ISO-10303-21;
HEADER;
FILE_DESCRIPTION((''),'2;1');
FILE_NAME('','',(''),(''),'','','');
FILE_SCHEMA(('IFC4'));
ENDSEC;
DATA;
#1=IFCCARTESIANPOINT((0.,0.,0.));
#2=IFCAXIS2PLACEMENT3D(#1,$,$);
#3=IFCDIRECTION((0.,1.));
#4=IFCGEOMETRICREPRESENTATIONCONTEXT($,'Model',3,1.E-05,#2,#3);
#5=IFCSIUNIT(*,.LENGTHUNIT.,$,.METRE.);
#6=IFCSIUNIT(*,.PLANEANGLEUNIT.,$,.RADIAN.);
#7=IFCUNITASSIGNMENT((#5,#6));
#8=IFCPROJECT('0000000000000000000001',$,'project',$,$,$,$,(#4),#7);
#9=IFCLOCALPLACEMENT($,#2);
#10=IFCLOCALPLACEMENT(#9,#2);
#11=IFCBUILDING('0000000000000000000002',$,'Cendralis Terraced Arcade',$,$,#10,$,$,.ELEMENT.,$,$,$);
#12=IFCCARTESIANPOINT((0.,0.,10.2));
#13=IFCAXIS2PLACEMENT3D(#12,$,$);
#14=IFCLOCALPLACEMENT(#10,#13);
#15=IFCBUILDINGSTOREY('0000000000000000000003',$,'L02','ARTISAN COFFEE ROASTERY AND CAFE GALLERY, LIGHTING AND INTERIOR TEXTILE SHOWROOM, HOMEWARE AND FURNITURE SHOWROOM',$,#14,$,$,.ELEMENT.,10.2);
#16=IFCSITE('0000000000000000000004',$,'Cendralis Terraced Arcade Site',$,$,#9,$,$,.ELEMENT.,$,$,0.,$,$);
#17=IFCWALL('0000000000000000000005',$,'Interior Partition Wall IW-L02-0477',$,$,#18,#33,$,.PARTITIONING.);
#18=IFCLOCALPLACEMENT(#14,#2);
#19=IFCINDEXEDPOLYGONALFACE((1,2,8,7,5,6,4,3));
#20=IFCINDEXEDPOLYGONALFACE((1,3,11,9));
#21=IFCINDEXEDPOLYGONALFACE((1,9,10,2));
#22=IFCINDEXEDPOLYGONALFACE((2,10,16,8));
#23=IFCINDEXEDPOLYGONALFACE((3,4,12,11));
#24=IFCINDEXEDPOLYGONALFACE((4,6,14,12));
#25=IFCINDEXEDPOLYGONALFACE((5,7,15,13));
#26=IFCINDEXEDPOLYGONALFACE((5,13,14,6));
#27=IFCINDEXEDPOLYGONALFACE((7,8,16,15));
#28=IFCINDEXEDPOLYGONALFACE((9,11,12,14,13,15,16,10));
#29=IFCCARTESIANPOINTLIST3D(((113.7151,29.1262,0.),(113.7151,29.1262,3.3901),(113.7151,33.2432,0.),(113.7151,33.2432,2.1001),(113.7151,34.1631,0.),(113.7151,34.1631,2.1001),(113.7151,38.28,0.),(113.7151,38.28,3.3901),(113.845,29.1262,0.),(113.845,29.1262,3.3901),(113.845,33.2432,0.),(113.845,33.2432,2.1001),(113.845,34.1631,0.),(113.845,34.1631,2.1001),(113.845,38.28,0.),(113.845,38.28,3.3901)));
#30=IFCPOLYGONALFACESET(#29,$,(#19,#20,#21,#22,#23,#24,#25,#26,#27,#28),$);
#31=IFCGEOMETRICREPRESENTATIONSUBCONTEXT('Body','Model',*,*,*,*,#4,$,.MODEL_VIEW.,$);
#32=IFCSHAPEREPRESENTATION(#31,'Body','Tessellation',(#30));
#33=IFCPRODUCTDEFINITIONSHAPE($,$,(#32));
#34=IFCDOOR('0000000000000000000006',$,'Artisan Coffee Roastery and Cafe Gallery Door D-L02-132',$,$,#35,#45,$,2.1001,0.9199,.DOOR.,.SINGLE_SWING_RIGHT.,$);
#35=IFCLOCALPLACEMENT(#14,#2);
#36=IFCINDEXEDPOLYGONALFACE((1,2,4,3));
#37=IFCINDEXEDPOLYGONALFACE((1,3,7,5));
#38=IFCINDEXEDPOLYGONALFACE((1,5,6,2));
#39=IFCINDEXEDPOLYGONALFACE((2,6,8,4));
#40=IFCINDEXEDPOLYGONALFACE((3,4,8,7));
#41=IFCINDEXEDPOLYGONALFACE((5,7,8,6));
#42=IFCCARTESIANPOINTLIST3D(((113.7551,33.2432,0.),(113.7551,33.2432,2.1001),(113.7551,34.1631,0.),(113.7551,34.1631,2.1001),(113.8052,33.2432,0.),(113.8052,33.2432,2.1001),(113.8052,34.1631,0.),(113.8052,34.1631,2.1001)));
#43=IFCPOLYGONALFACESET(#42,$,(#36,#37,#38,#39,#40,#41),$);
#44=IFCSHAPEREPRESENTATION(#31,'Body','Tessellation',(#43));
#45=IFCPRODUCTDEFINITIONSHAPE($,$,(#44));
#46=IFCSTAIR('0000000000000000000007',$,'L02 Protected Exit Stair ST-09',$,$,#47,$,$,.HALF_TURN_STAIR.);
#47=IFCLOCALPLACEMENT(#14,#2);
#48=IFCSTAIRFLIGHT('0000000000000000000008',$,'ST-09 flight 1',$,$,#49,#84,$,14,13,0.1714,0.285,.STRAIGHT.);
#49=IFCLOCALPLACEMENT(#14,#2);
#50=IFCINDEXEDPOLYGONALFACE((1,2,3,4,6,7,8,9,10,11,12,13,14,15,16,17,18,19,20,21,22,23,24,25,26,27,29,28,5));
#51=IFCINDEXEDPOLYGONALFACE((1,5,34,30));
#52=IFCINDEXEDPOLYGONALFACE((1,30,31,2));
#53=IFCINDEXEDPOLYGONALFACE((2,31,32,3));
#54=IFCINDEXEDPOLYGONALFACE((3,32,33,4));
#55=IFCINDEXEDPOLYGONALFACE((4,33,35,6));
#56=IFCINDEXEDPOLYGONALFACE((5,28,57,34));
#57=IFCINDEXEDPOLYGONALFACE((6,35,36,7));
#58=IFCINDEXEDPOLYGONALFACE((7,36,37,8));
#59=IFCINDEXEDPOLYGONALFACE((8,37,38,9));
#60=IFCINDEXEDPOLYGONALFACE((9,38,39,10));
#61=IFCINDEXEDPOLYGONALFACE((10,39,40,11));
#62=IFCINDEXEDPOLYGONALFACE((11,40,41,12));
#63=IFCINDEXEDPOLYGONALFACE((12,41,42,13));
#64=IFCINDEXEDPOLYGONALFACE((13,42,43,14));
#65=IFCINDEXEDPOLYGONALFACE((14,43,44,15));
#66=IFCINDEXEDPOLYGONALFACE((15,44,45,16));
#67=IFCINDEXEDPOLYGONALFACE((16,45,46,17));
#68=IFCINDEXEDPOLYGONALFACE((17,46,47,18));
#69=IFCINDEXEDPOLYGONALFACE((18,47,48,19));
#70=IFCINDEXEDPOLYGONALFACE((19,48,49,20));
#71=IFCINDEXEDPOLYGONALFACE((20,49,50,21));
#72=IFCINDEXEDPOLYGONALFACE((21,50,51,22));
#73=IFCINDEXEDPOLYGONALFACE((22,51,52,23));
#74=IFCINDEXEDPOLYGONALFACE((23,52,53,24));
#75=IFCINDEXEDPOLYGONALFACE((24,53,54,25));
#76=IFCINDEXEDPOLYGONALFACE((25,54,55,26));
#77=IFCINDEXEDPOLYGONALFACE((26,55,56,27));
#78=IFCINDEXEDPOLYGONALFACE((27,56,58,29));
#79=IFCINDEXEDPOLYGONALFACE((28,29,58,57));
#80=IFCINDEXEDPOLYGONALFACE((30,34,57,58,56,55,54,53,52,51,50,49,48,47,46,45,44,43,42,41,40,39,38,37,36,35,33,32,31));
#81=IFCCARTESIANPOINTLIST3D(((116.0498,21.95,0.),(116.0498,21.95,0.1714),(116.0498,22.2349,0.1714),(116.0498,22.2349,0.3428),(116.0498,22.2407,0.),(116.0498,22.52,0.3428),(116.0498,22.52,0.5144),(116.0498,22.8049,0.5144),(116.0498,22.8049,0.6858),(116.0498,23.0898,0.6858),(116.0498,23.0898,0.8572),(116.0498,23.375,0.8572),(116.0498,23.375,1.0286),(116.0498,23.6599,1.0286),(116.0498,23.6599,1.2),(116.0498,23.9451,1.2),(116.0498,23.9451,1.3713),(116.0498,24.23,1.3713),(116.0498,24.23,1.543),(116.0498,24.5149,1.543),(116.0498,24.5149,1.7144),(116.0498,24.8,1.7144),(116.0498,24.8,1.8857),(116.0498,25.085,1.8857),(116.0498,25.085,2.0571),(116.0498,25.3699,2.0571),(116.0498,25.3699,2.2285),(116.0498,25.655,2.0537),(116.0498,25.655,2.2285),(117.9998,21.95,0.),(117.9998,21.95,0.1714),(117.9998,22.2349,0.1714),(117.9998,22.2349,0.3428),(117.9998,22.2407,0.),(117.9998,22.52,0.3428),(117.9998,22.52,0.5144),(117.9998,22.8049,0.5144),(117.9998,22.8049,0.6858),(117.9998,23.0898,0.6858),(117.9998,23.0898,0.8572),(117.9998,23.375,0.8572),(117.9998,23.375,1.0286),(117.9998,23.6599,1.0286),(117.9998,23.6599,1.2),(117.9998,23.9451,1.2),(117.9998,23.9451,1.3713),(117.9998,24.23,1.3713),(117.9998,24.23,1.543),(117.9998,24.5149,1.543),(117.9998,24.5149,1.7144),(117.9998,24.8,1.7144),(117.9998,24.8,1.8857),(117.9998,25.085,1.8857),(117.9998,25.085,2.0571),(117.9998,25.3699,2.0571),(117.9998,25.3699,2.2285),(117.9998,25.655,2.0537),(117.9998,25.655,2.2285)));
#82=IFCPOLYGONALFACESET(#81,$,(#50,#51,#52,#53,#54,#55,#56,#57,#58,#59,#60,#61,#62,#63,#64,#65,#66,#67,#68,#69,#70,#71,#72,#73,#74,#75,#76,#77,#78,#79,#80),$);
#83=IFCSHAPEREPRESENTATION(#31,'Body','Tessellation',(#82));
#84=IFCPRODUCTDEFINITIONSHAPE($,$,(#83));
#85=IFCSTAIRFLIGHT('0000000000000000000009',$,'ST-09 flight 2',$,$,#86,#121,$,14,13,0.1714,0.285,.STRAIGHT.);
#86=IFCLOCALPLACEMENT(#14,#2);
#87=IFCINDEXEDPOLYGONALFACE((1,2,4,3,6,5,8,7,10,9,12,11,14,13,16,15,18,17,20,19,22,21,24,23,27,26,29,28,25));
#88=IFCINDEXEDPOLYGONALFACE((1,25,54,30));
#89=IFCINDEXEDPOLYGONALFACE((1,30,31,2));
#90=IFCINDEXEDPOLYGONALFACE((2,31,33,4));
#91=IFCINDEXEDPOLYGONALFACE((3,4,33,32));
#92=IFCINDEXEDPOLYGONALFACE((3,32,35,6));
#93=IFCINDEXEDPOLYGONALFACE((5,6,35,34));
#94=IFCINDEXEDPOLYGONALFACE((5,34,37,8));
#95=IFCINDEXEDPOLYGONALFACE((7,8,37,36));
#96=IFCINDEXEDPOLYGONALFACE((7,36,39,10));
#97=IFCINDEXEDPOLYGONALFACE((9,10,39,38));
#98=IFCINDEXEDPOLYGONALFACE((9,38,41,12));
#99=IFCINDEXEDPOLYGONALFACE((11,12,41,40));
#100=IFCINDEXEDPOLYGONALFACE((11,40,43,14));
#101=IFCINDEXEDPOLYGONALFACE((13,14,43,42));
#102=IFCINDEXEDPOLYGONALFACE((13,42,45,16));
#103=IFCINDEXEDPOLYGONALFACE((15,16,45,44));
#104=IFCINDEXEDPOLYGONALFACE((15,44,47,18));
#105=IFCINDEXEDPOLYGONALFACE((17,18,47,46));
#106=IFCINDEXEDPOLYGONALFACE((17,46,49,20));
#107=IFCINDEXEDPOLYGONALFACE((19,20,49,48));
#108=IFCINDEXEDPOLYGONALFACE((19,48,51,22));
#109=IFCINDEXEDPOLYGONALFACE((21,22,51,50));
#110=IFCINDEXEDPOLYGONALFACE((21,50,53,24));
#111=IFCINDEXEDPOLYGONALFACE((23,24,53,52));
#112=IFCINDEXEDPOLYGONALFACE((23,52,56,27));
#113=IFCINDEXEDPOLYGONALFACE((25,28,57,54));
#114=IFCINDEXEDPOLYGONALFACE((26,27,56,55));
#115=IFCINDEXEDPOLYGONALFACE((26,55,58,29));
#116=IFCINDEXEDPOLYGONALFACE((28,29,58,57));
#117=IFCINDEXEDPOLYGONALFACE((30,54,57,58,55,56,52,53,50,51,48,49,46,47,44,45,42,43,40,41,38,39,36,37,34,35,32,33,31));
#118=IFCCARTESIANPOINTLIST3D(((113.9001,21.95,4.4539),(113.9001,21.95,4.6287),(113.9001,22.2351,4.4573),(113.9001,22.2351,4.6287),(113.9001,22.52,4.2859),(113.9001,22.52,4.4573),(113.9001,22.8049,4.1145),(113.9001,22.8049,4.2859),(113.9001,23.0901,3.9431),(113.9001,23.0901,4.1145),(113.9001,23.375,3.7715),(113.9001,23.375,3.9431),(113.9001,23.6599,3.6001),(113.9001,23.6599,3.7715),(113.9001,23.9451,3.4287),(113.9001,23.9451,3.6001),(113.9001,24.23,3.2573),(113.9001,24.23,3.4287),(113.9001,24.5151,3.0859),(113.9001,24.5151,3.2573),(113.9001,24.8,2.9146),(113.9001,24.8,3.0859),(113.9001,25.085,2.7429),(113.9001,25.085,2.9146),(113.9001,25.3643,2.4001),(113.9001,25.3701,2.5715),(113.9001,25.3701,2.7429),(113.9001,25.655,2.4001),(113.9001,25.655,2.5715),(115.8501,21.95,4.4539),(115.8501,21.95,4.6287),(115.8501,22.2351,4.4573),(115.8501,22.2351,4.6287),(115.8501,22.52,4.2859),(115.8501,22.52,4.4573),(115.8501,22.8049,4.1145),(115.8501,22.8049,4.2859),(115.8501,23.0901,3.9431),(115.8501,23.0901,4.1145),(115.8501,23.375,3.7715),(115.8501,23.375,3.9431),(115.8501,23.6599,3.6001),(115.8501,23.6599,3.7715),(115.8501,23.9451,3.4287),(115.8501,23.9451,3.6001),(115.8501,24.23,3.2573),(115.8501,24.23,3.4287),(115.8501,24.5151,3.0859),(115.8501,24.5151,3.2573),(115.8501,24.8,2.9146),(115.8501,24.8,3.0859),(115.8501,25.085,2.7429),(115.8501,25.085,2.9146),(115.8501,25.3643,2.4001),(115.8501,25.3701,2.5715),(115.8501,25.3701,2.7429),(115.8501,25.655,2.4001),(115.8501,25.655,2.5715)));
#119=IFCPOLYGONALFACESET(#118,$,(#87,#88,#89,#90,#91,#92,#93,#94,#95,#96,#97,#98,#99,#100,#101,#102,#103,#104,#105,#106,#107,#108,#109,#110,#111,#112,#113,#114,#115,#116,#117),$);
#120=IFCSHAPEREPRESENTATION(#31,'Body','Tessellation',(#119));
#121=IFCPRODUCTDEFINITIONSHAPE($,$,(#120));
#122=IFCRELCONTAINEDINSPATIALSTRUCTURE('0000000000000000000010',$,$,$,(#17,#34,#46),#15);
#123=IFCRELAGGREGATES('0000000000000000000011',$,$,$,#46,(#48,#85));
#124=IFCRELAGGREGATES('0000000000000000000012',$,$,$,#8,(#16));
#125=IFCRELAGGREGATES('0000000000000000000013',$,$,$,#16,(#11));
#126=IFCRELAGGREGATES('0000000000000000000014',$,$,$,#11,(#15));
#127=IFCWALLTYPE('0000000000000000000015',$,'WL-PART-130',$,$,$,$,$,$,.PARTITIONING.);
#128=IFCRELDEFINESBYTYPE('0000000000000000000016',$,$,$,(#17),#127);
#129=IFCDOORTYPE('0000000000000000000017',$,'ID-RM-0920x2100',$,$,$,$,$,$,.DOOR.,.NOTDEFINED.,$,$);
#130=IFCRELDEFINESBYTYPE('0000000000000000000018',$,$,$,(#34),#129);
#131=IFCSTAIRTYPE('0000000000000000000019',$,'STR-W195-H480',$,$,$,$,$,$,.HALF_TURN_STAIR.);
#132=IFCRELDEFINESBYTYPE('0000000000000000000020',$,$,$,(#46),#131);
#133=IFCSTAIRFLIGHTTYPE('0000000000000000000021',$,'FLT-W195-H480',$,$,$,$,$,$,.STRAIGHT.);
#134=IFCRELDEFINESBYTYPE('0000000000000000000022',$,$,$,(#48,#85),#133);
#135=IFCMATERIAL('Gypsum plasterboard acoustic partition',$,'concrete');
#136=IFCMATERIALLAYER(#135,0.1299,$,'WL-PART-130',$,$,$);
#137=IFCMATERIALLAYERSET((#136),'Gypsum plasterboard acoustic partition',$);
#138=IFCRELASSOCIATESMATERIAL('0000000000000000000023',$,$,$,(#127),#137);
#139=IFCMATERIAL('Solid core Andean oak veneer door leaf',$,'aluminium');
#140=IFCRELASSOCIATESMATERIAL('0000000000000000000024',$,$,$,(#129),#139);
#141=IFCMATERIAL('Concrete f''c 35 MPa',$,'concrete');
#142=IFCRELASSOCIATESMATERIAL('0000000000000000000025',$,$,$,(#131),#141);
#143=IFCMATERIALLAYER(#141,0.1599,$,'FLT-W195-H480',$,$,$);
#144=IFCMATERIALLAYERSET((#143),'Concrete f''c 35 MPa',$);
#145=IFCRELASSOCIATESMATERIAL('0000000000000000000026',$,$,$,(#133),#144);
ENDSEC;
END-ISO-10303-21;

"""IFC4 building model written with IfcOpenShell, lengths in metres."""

from ifc_helpers import new_model, si_unit, direction, frame, frame_2d, origin, place, context, subcontext, project, spatial, polyline, rectangle, outline, extrude, material, layer, layer_set, type_object, element, fill, aggregate, save


model = new_model("IFC4")

# Units and contexts
model_context = context("Model", 3, precision=1e-05, world=origin(), true_north=direction((0.0, 1.0)))
body_context = subcontext(model_context, "Body", "Model", "MODEL_VIEW")
ifc_project = project(units=[si_unit("LENGTHUNIT", "METRE"), si_unit("PLANEANGLEUNIT", "RADIAN")], contexts=[model_context])

# Site, building, storey
site_placement = place(None, origin())
site = spatial("IfcSite", under=ifc_project, at=site_placement, Name="Cendralis Terraced Arcade Site", CompositionType="ELEMENT", RefElevation=0.0)
building_placement = place(site_placement, origin())
building = spatial("IfcBuilding", under=site, at=building_placement, Name="Cendralis Terraced Arcade", CompositionType="ELEMENT")
storey_placement = place(building_placement, frame((0.0, 0.0, 10.2)))
storey = spatial("IfcBuildingStorey", under=building, at=storey_placement, Name="L02", Description="ARTISAN COFFEE ROASTERY AND CAFE GALLERY, LIGHTING AND INTERIOR TEXTILE SHOWROOM, HOMEWARE AND FURNITURE SHOWROOM", CompositionType="ELEMENT", Elevation=10.2)

# Shared definitions
ifc_material_1 = material(Name="Concrete f'c 35 MPa", Category="concrete")

# Shared definitions
ifc_material_2 = material(Name="Gypsum plasterboard acoustic partition", Category="concrete")

# Wall, opening, door
ifc_layer_1 = layer(ifc_material_2, 0.1299, Name="WL-PART-130")
ifc_layer_set_1 = layer_set([ifc_layer_1], Name="Gypsum plasterboard acoustic partition")
wall_type_1 = type_object("IfcWallType", Name="WL-PART-130", PredefinedType="PARTITIONING", material=ifc_layer_set_1)
wall_1_placement = place(storey_placement, frame((113.78, 29.1262, 0.0), z_axis=(0.0, 0.0, 1.0), x_axis=(0.0, 1.0, 0.0)))
wall_1 = element("IfcWall", 1, at=wall_1_placement, inside=storey, type_object=wall_type_1, Name="Interior Partition Wall IW-L02-0477", PredefinedType="PARTITIONING", context=body_context, shape_type="SweptSolid", body=[
    extrude(rectangle(XDim=9.1538, YDim=0.1299, at=frame_2d((4.5769, 0.0))), origin(), (0.0, 0.0, 1.0), 3.3901),
])
opening_1_placement = place(wall_1_placement, frame((4.1169, 0.0, 0.0)))
opening_1 = element("IfcOpeningElement", 2, at=opening_1_placement, cuts=wall_1, PredefinedType="OPENING", context=body_context, shape_type="SweptSolid", body=[
    extrude(rectangle(XDim=0.9199, YDim=2.1001, at=frame_2d((0.46, 1.05))), frame((0.0, 0.0769, 0.0), z_axis=(0.0, -1.0, 0.0), x_axis=(1.0, 0.0, 0.0)), (0.0, 0.0, 1.0), 0.1538),
])
ifc_material_3 = material(Name="Solid core Andean oak veneer door leaf", Category="aluminium")
door_type_1 = type_object("IfcDoorType", Name="ID-RM-0920x2100", OperationType="NOTDEFINED", PredefinedType="DOOR", material=ifc_material_3)
door_1_placement = place(opening_1_placement, origin())
door_1 = element("IfcDoor", 3, at=door_1_placement, inside=storey, type_object=door_type_1, Name="Artisan Coffee Roastery and Cafe Gallery Door D-L02-132", OperationType="SINGLE_SWING_RIGHT", OverallHeight=2.1001, OverallWidth=0.9199, PredefinedType="DOOR", context=body_context, shape_type="SweptSolid", body=[
    extrude(rectangle(XDim=0.9199, YDim=2.1001, at=frame_2d((0.46, 1.05))), frame((0.0, 0.0249, 0.0), z_axis=(0.0, -1.0, 0.0), x_axis=(1.0, 0.0, 0.0)), (0.0, 0.0, 1.0), 0.05),
])
fill(opening_1, door_1)

# Stair, stair flights
stair_type = type_object("IfcStairType", Name="STR-W195-H480", PredefinedType="HALF_TURN_STAIR", material=ifc_material_1)
stair_placement = place(storey_placement, origin())
stair = element("IfcStair", 4, at=stair_placement, inside=storey, type_object=stair_type, Name="L02 Protected Exit Stair ST-09", PredefinedType="HALF_TURN_STAIR")
ifc_layer_2 = layer(ifc_material_1, 0.1599, Name="FLT-W195-H480")
ifc_layer_set_2 = layer_set([ifc_layer_2], Name="Concrete f'c 35 MPa")
stair_flight_type = type_object("IfcStairFlightType", Name="FLT-W195-H480", PredefinedType="STRAIGHT", material=ifc_layer_set_2)
stair_flight_1_placement = place(storey_placement, frame((117.0249, 21.95, 0.0), z_axis=(0.0, 0.0, 1.0), x_axis=(0.0, 1.0, 0.0)))
stair_flight_1 = element("IfcStairFlight", 5, at=stair_flight_1_placement, type_object=stair_flight_type, Name="ST-09 flight 1", NumberOfRisers=14, NumberOfTreads=13, PredefinedType="STRAIGHT", RiserHeight=0.1714, TreadLength=0.285, context=body_context, shape_type="SweptSolid", body=[
    extrude(outline(polyline([(0.0, 0.0), (0.0, 0.1714), (0.2849, 0.1714), (0.2849, 0.3428), (0.5701, 0.3428), (0.5701, 0.5144), (0.855, 0.5144), (0.855, 0.6858), (1.1399, 0.6858), (1.1399, 0.8572), (1.425, 0.8572), (1.425, 1.0286), (1.71, 1.0286), (1.71, 1.2), (1.9951, 1.2), (1.9951, 1.3713), (2.28, 1.3713), (2.28, 1.543), (2.5649, 1.543), (2.5649, 1.7144), (2.8501, 1.7144), (2.8501, 1.8857), (3.135, 1.8857), (3.135, 2.0571), (3.4199, 2.0571), (3.4199, 2.2285), (3.7051, 2.2285), (3.7051, 2.3999), (3.7051, 2.0537), (0.2908, 0.0), (0.0, 0.0)])), frame((0.0, 0.9751, 0.0), z_axis=(0.0, -1.0, 0.0), x_axis=(1.0, 0.0, 0.0)), (0.0, 0.0, 1.0), 1.95),
])
stair_flight_2_placement = place(storey_placement, frame((114.875, 25.655, 2.4001), z_axis=(0.0, 0.0, 1.0), x_axis=(0.0, -1.0, 0.0)))
stair_flight_2 = element("IfcStairFlight", 6, at=stair_flight_2_placement, type_object=stair_flight_type, Name="ST-09 flight 2", NumberOfRisers=14, NumberOfTreads=13, PredefinedType="STRAIGHT", RiserHeight=0.1714, TreadLength=0.285, context=body_context, shape_type="SweptSolid", body=[
    extrude(outline(polyline([(0.0, 0.0), (0.0, 0.1714), (0.2849, 0.1714), (0.2849, 0.3428), (0.5701, 0.3428), (0.5701, 0.5144), (0.855, 0.5144), (0.855, 0.6858), (1.1399, 0.6858), (1.1399, 0.8572), (1.425, 0.8572), (1.425, 1.0286), (1.71, 1.0286), (1.71, 1.2), (1.9951, 1.2), (1.9951, 1.3713), (2.28, 1.3713), (2.28, 1.543), (2.5649, 1.543), (2.5649, 1.7144), (2.8501, 1.7144), (2.8501, 1.8857), (3.135, 1.8857), (3.135, 2.0571), (3.4199, 2.0571), (3.4199, 2.2285), (3.7051, 2.2285), (3.7051, 2.3999), (3.7051, 2.0537), (0.2908, 0.0), (0.0, 0.0)])), frame((0.0, 0.9751, 0.0), z_axis=(0.0, -1.0, 0.0), x_axis=(1.0, 0.0, 0.0)), (0.0, 0.0, 1.0), 1.95),
])
aggregate(stair, [stair_flight_1, stair_flight_2])

save(model, "model.ifc")
